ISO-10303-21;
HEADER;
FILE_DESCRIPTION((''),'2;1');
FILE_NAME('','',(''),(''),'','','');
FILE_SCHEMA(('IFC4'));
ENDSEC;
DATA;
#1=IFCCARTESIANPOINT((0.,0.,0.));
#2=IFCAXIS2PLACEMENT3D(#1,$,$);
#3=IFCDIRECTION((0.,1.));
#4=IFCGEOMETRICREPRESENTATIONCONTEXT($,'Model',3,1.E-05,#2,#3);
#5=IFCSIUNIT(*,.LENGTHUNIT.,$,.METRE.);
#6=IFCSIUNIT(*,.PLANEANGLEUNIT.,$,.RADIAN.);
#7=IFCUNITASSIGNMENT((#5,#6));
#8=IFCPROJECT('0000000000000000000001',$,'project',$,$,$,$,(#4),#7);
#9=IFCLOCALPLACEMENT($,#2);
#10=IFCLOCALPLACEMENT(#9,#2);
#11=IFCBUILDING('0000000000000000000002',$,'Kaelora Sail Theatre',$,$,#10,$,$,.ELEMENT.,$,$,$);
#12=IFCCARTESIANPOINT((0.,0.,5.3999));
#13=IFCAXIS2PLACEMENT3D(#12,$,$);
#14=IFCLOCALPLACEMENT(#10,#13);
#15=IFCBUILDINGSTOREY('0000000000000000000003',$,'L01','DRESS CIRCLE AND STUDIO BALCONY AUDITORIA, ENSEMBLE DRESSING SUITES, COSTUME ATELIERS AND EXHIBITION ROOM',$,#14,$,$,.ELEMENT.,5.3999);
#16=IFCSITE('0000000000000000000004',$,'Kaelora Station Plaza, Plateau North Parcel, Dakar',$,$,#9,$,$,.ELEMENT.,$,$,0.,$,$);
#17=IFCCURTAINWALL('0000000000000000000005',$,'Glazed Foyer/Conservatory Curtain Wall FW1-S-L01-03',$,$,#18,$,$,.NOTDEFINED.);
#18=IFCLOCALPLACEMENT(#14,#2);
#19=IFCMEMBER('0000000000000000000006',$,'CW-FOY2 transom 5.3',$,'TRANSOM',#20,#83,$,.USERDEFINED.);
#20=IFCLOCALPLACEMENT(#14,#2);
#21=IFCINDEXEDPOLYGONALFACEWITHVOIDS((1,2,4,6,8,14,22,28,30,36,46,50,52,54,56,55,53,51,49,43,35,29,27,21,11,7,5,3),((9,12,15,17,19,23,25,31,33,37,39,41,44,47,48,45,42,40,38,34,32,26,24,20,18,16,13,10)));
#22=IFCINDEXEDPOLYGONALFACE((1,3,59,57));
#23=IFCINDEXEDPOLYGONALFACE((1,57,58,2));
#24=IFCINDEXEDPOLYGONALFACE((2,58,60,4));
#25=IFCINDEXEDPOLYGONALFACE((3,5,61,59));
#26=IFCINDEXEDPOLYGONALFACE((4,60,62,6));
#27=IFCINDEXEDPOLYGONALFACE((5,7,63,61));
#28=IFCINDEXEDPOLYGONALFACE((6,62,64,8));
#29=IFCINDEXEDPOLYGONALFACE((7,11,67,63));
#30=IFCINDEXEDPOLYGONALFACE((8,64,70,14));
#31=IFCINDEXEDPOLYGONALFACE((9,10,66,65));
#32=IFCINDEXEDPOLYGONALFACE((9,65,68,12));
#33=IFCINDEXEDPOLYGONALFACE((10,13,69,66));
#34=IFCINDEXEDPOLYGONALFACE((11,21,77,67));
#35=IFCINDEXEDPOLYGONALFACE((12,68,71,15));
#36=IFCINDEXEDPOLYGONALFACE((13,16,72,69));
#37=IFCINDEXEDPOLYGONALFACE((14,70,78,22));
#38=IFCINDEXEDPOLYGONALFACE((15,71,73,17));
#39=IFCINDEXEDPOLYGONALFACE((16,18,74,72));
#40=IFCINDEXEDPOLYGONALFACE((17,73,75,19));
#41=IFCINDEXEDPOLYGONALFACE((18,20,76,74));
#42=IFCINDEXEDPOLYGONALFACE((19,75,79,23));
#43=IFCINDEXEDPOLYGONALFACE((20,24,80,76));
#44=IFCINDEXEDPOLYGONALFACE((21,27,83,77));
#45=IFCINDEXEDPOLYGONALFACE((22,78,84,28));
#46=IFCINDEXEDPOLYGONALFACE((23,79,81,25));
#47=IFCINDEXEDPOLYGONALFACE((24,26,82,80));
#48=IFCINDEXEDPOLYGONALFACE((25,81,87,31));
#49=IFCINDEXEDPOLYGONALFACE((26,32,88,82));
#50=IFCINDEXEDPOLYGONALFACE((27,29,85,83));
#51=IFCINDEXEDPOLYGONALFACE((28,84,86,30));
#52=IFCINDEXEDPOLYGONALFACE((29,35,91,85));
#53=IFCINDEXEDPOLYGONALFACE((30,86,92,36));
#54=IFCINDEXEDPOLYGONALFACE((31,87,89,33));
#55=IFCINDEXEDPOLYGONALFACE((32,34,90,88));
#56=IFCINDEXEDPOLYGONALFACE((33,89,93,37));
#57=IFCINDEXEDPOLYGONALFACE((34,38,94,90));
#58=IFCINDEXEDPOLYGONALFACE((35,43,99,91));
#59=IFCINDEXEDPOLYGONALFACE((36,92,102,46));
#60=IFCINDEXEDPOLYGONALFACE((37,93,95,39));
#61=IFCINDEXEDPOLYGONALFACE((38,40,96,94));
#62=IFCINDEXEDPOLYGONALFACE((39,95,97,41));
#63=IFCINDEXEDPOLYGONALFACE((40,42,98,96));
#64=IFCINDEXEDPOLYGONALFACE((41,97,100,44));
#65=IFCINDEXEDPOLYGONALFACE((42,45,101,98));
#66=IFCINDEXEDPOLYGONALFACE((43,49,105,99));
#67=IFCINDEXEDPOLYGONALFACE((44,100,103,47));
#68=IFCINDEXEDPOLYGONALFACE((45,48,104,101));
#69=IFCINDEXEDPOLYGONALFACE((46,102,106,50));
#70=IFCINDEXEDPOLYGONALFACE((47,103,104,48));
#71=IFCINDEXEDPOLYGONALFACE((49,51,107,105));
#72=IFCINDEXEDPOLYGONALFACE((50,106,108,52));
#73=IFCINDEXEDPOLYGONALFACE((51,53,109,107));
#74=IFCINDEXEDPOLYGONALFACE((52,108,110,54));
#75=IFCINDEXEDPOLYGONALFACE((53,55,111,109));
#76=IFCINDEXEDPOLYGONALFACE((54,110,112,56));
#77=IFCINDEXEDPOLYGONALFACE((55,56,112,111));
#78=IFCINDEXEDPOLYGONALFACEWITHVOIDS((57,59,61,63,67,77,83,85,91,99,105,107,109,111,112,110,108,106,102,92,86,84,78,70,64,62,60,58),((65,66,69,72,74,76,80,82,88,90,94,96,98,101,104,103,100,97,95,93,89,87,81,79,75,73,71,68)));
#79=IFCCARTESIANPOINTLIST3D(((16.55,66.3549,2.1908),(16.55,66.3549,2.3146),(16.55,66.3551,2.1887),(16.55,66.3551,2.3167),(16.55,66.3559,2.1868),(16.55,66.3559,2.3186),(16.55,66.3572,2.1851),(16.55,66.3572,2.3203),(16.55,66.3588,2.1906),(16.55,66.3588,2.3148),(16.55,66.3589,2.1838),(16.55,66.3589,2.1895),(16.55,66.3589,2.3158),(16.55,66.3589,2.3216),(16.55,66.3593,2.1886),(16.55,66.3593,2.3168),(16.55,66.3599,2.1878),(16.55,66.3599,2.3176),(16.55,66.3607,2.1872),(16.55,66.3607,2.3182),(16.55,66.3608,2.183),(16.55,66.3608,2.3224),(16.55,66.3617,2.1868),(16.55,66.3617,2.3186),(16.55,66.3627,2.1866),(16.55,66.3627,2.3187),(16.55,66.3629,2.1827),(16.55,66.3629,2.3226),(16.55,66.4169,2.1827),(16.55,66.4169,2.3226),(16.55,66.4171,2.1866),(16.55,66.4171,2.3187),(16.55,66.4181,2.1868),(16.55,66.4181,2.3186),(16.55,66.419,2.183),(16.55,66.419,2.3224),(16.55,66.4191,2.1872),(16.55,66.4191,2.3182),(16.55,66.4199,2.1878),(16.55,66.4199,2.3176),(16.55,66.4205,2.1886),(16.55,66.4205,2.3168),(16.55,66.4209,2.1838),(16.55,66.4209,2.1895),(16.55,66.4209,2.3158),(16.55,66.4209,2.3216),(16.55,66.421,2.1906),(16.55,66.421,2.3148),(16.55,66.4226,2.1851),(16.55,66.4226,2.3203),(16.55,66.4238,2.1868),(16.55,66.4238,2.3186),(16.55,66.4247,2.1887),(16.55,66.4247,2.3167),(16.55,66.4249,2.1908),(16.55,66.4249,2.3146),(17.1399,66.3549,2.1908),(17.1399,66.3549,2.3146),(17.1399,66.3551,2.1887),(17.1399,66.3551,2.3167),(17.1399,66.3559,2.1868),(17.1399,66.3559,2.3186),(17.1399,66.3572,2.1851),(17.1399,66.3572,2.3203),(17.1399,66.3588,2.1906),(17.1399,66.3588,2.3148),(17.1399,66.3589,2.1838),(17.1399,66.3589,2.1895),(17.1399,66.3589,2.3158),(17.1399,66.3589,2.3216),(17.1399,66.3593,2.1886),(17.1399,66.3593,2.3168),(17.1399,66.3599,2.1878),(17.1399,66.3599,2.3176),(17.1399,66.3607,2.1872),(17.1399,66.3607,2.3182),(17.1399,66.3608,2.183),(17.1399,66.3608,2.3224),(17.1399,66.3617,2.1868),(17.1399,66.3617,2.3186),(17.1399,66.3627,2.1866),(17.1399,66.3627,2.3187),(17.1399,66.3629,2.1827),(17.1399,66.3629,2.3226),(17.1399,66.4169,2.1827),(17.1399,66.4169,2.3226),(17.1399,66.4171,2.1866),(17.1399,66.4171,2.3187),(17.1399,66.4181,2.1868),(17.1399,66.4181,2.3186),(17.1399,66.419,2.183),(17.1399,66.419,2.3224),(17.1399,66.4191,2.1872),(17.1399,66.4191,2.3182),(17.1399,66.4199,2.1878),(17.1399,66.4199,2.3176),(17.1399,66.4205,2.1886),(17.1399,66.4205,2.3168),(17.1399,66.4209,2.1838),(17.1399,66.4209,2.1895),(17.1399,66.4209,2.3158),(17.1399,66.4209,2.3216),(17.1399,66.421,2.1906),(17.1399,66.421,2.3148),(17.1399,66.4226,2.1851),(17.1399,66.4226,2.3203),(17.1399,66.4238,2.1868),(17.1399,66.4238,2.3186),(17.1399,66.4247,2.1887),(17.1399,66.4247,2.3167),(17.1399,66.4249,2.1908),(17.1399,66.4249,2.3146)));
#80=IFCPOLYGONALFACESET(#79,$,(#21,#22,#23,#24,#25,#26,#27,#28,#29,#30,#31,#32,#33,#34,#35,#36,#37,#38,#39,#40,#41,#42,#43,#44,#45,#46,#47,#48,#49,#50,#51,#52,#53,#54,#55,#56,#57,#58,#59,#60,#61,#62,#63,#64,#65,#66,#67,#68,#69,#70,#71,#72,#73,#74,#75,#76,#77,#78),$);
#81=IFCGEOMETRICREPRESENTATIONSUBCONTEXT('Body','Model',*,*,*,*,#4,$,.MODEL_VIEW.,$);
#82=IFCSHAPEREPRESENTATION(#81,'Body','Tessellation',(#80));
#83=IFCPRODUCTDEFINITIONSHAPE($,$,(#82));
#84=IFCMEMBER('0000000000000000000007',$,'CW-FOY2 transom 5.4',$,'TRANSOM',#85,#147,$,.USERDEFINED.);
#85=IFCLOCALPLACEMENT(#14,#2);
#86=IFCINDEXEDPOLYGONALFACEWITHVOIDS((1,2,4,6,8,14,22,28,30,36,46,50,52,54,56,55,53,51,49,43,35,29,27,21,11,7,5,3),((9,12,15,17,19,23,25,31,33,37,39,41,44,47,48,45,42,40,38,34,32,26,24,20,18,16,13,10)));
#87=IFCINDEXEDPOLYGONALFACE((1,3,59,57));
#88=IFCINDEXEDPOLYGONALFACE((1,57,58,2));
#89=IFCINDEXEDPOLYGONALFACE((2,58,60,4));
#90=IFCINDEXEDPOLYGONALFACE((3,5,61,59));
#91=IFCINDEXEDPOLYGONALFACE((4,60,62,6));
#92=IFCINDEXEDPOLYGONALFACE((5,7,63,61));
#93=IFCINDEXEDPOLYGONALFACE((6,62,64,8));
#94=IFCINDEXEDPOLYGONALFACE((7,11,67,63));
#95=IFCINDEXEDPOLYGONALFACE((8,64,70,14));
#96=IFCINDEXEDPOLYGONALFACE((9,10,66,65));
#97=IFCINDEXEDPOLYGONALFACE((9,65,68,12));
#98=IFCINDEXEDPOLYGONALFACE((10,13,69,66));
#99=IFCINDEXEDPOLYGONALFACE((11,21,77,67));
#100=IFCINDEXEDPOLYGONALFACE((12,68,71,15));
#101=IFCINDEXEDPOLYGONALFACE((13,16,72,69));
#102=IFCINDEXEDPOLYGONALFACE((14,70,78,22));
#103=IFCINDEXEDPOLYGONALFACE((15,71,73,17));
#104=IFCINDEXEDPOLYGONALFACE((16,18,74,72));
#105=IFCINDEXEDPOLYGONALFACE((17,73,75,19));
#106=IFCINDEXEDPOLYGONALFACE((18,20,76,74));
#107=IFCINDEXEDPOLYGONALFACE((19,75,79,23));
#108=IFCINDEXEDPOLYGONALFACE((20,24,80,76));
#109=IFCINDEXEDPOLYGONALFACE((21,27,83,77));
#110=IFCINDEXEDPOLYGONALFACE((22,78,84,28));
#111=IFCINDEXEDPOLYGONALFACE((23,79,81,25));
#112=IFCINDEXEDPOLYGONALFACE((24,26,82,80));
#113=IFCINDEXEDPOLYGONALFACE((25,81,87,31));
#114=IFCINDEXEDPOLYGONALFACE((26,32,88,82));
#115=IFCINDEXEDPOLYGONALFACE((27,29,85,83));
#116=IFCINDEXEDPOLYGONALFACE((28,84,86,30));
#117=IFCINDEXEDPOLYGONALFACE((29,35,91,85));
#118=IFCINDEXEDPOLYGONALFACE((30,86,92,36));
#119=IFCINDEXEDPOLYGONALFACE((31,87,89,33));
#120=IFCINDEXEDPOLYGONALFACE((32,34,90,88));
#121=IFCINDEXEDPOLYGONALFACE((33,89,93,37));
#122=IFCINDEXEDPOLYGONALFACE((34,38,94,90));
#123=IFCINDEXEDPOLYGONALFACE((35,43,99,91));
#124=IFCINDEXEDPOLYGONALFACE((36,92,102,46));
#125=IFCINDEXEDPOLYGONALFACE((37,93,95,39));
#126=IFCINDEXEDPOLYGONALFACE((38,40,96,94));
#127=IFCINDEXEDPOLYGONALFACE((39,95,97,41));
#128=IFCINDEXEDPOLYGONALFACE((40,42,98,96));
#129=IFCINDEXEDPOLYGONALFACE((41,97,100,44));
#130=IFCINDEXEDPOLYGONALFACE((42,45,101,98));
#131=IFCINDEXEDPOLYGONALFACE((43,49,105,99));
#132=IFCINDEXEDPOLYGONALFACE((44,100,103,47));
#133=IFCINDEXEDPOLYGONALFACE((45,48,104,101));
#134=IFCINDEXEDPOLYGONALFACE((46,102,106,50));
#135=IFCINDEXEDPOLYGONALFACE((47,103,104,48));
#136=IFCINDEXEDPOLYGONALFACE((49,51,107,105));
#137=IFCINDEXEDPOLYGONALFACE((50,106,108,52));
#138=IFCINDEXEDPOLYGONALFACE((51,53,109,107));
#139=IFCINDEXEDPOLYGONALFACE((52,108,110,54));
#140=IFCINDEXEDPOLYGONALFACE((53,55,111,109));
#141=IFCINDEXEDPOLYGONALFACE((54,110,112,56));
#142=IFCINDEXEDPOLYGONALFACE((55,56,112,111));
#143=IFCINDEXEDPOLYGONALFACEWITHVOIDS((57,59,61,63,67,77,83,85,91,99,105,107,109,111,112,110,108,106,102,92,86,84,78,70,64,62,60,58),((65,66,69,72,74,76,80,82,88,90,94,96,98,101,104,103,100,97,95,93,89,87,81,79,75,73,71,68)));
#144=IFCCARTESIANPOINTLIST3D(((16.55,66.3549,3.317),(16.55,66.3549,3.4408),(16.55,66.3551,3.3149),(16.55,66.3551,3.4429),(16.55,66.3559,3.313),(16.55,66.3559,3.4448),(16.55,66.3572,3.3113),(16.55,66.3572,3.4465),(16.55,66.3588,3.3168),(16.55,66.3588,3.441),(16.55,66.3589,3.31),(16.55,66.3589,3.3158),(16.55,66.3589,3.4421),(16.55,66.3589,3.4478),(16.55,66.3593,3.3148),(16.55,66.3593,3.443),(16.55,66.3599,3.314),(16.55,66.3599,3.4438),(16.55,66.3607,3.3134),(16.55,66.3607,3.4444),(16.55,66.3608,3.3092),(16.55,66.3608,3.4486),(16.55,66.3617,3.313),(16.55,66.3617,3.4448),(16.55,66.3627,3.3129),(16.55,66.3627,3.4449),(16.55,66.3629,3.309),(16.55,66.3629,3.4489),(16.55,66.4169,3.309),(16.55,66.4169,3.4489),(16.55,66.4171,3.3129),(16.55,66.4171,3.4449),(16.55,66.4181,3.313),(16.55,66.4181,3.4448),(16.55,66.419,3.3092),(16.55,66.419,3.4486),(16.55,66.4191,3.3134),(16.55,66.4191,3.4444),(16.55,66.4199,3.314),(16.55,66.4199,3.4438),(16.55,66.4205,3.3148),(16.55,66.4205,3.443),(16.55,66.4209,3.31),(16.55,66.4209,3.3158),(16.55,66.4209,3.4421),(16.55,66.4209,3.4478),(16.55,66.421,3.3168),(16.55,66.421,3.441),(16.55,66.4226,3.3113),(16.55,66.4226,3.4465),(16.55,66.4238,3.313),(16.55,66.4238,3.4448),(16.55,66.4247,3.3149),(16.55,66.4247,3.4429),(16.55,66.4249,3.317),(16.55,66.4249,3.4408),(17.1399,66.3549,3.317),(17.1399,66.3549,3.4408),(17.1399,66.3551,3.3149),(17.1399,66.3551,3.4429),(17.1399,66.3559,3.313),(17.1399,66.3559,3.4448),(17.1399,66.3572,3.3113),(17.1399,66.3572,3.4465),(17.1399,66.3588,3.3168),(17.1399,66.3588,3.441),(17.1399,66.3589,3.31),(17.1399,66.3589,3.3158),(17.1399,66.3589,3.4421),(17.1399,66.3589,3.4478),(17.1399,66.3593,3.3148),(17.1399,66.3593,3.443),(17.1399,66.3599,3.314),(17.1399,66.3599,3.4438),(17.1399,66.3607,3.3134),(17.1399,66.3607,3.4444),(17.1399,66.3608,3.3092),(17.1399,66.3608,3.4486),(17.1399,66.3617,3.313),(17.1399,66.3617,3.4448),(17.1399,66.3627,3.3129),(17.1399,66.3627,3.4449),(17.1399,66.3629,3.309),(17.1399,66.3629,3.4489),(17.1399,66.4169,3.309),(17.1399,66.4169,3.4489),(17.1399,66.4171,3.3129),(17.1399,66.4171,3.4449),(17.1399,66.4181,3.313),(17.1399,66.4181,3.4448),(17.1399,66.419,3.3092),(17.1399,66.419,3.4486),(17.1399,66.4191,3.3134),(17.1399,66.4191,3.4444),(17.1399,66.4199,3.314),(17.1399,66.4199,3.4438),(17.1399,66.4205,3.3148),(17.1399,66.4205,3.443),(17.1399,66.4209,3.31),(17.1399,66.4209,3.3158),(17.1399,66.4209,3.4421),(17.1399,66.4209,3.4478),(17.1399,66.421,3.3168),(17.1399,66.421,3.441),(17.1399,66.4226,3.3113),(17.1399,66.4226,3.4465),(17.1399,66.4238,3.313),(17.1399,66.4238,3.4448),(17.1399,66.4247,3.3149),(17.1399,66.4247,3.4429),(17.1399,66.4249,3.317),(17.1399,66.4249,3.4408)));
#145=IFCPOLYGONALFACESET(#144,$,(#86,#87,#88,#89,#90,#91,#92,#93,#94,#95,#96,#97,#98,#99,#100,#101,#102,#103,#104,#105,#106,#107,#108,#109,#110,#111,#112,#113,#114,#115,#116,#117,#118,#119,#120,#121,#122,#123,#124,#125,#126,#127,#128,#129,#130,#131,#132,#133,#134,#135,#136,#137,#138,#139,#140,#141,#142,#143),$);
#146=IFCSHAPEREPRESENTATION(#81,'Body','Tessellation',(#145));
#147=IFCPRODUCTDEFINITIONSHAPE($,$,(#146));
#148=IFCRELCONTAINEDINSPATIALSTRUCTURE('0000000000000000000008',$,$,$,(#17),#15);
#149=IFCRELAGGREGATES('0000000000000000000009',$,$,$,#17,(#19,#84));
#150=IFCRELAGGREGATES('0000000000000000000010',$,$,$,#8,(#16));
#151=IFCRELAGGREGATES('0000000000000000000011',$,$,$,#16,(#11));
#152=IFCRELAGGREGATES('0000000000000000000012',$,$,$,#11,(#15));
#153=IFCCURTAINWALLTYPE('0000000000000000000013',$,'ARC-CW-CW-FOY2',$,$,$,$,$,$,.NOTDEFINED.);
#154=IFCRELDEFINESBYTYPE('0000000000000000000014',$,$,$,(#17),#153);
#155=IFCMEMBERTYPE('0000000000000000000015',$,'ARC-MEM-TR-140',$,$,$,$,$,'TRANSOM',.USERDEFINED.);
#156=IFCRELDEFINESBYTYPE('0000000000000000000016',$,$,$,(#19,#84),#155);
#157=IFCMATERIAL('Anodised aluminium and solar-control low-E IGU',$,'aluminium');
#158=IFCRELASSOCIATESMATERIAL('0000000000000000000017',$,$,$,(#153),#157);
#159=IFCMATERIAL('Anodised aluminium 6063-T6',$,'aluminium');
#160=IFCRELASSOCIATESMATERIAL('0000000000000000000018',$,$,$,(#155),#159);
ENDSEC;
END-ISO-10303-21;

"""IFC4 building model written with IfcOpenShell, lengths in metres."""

from ifc_helpers import new_model, si_unit, direction, frame, origin, origin_2d, place, context, subcontext, project, spatial, hollow_rectangle, extrude, material, material_profile, profile_set, type_object, element, aggregate, save


model = new_model("IFC4")

# Units and contexts
model_context = context("Model", 3, precision=1e-05, world=origin(), true_north=direction((0.0, 1.0)))
body_context = subcontext(model_context, "Body", "Model", "MODEL_VIEW")
ifc_project = project(units=[si_unit("LENGTHUNIT", "METRE"), si_unit("PLANEANGLEUNIT", "RADIAN")], contexts=[model_context])

# Site, building, storey
site_placement = place(None, origin())
site = spatial("IfcSite", under=ifc_project, at=site_placement, Name="Kaelora Station Plaza, Plateau North Parcel, Dakar", CompositionType="ELEMENT", RefElevation=0.0)
building_placement = place(site_placement, origin())
building = spatial("IfcBuilding", under=site, at=building_placement, Name="Kaelora Sail Theatre", CompositionType="ELEMENT")
storey_placement = place(building_placement, frame((0.0, 0.0, 5.3999)))
storey = spatial("IfcBuildingStorey", under=building, at=storey_placement, Name="L01", Description="DRESS CIRCLE AND STUDIO BALCONY AUDITORIA, ENSEMBLE DRESSING SUITES, COSTUME ATELIERS AND EXHIBITION ROOM", CompositionType="ELEMENT", Elevation=5.3999)

# Curtain wall, members
ifc_material_1 = material(Name="Anodised aluminium and solar-control low-E IGU", Category="aluminium")
curtain_wall_type = type_object("IfcCurtainWallType", Name="ARC-CW-CW-FOY2", PredefinedType="NOTDEFINED", material=ifc_material_1)
curtain_wall_1_placement = place(storey_placement, origin())
curtain_wall_1 = element("IfcCurtainWall", 1, at=curtain_wall_1_placement, inside=storey, type_object=curtain_wall_type, Name="Glazed Foyer/Conservatory Curtain Wall FW1-S-L01-03", PredefinedType="NOTDEFINED")
ifc_material_2 = material(Name="Anodised aluminium 6063-T6", Category="aluminium")
ifc_material_profile = material_profile(ifc_material_2, hollow_rectangle(XDim=0.0701, YDim=0.1399, WallThickness=0.0039, InnerFilletRadius=0.0039, OuterFilletRadius=0.0081, at=origin_2d()), Name="ALU-TRAN 70x140x4")
ifc_profile_set = profile_set([ifc_material_profile], Name="Anodised aluminium 6063-T6")
member_type = type_object("IfcMemberType", Name="ARC-MEM-TR-140", ElementType="TRANSOM", PredefinedType="USERDEFINED", material=ifc_profile_set)
member_1_placement = place(storey_placement, frame((16.55, 66.3899, 2.2527), z_axis=(1.0, 0.0, 0.0), x_axis=(0.0, 1.0, 0.0)))
member_1 = element("IfcMember", 2, at=member_1_placement, type_object=member_type, Name="CW-FOY2 transom 5.3", ObjectType="TRANSOM", PredefinedType="USERDEFINED", context=body_context, shape_type="SweptSolid", body=[
    extrude(hollow_rectangle(XDim=0.0701, YDim=0.1399, WallThickness=0.0039, InnerFilletRadius=0.0039, OuterFilletRadius=0.0081, at=origin_2d()), origin(), (0.0, 0.0, 1.0), 0.5898),
])
member_2_placement = place(storey_placement, frame((16.55, 66.3899, 3.3789), z_axis=(1.0, 0.0, 0.0), x_axis=(0.0, 1.0, 0.0)))
member_2 = element("IfcMember", 3, at=member_2_placement, type_object=member_type, Name="CW-FOY2 transom 5.4", ObjectType="TRANSOM", PredefinedType="USERDEFINED", context=body_context, shape_type="SweptSolid", body=[
    extrude(hollow_rectangle(XDim=0.0701, YDim=0.1399, WallThickness=0.0039, InnerFilletRadius=0.0039, OuterFilletRadius=0.0081, at=origin_2d()), origin(), (0.0, 0.0, 1.0), 0.5898),
])

aggregate(curtain_wall_1, [member_1, member_2])

save(model, "model.ifc")
